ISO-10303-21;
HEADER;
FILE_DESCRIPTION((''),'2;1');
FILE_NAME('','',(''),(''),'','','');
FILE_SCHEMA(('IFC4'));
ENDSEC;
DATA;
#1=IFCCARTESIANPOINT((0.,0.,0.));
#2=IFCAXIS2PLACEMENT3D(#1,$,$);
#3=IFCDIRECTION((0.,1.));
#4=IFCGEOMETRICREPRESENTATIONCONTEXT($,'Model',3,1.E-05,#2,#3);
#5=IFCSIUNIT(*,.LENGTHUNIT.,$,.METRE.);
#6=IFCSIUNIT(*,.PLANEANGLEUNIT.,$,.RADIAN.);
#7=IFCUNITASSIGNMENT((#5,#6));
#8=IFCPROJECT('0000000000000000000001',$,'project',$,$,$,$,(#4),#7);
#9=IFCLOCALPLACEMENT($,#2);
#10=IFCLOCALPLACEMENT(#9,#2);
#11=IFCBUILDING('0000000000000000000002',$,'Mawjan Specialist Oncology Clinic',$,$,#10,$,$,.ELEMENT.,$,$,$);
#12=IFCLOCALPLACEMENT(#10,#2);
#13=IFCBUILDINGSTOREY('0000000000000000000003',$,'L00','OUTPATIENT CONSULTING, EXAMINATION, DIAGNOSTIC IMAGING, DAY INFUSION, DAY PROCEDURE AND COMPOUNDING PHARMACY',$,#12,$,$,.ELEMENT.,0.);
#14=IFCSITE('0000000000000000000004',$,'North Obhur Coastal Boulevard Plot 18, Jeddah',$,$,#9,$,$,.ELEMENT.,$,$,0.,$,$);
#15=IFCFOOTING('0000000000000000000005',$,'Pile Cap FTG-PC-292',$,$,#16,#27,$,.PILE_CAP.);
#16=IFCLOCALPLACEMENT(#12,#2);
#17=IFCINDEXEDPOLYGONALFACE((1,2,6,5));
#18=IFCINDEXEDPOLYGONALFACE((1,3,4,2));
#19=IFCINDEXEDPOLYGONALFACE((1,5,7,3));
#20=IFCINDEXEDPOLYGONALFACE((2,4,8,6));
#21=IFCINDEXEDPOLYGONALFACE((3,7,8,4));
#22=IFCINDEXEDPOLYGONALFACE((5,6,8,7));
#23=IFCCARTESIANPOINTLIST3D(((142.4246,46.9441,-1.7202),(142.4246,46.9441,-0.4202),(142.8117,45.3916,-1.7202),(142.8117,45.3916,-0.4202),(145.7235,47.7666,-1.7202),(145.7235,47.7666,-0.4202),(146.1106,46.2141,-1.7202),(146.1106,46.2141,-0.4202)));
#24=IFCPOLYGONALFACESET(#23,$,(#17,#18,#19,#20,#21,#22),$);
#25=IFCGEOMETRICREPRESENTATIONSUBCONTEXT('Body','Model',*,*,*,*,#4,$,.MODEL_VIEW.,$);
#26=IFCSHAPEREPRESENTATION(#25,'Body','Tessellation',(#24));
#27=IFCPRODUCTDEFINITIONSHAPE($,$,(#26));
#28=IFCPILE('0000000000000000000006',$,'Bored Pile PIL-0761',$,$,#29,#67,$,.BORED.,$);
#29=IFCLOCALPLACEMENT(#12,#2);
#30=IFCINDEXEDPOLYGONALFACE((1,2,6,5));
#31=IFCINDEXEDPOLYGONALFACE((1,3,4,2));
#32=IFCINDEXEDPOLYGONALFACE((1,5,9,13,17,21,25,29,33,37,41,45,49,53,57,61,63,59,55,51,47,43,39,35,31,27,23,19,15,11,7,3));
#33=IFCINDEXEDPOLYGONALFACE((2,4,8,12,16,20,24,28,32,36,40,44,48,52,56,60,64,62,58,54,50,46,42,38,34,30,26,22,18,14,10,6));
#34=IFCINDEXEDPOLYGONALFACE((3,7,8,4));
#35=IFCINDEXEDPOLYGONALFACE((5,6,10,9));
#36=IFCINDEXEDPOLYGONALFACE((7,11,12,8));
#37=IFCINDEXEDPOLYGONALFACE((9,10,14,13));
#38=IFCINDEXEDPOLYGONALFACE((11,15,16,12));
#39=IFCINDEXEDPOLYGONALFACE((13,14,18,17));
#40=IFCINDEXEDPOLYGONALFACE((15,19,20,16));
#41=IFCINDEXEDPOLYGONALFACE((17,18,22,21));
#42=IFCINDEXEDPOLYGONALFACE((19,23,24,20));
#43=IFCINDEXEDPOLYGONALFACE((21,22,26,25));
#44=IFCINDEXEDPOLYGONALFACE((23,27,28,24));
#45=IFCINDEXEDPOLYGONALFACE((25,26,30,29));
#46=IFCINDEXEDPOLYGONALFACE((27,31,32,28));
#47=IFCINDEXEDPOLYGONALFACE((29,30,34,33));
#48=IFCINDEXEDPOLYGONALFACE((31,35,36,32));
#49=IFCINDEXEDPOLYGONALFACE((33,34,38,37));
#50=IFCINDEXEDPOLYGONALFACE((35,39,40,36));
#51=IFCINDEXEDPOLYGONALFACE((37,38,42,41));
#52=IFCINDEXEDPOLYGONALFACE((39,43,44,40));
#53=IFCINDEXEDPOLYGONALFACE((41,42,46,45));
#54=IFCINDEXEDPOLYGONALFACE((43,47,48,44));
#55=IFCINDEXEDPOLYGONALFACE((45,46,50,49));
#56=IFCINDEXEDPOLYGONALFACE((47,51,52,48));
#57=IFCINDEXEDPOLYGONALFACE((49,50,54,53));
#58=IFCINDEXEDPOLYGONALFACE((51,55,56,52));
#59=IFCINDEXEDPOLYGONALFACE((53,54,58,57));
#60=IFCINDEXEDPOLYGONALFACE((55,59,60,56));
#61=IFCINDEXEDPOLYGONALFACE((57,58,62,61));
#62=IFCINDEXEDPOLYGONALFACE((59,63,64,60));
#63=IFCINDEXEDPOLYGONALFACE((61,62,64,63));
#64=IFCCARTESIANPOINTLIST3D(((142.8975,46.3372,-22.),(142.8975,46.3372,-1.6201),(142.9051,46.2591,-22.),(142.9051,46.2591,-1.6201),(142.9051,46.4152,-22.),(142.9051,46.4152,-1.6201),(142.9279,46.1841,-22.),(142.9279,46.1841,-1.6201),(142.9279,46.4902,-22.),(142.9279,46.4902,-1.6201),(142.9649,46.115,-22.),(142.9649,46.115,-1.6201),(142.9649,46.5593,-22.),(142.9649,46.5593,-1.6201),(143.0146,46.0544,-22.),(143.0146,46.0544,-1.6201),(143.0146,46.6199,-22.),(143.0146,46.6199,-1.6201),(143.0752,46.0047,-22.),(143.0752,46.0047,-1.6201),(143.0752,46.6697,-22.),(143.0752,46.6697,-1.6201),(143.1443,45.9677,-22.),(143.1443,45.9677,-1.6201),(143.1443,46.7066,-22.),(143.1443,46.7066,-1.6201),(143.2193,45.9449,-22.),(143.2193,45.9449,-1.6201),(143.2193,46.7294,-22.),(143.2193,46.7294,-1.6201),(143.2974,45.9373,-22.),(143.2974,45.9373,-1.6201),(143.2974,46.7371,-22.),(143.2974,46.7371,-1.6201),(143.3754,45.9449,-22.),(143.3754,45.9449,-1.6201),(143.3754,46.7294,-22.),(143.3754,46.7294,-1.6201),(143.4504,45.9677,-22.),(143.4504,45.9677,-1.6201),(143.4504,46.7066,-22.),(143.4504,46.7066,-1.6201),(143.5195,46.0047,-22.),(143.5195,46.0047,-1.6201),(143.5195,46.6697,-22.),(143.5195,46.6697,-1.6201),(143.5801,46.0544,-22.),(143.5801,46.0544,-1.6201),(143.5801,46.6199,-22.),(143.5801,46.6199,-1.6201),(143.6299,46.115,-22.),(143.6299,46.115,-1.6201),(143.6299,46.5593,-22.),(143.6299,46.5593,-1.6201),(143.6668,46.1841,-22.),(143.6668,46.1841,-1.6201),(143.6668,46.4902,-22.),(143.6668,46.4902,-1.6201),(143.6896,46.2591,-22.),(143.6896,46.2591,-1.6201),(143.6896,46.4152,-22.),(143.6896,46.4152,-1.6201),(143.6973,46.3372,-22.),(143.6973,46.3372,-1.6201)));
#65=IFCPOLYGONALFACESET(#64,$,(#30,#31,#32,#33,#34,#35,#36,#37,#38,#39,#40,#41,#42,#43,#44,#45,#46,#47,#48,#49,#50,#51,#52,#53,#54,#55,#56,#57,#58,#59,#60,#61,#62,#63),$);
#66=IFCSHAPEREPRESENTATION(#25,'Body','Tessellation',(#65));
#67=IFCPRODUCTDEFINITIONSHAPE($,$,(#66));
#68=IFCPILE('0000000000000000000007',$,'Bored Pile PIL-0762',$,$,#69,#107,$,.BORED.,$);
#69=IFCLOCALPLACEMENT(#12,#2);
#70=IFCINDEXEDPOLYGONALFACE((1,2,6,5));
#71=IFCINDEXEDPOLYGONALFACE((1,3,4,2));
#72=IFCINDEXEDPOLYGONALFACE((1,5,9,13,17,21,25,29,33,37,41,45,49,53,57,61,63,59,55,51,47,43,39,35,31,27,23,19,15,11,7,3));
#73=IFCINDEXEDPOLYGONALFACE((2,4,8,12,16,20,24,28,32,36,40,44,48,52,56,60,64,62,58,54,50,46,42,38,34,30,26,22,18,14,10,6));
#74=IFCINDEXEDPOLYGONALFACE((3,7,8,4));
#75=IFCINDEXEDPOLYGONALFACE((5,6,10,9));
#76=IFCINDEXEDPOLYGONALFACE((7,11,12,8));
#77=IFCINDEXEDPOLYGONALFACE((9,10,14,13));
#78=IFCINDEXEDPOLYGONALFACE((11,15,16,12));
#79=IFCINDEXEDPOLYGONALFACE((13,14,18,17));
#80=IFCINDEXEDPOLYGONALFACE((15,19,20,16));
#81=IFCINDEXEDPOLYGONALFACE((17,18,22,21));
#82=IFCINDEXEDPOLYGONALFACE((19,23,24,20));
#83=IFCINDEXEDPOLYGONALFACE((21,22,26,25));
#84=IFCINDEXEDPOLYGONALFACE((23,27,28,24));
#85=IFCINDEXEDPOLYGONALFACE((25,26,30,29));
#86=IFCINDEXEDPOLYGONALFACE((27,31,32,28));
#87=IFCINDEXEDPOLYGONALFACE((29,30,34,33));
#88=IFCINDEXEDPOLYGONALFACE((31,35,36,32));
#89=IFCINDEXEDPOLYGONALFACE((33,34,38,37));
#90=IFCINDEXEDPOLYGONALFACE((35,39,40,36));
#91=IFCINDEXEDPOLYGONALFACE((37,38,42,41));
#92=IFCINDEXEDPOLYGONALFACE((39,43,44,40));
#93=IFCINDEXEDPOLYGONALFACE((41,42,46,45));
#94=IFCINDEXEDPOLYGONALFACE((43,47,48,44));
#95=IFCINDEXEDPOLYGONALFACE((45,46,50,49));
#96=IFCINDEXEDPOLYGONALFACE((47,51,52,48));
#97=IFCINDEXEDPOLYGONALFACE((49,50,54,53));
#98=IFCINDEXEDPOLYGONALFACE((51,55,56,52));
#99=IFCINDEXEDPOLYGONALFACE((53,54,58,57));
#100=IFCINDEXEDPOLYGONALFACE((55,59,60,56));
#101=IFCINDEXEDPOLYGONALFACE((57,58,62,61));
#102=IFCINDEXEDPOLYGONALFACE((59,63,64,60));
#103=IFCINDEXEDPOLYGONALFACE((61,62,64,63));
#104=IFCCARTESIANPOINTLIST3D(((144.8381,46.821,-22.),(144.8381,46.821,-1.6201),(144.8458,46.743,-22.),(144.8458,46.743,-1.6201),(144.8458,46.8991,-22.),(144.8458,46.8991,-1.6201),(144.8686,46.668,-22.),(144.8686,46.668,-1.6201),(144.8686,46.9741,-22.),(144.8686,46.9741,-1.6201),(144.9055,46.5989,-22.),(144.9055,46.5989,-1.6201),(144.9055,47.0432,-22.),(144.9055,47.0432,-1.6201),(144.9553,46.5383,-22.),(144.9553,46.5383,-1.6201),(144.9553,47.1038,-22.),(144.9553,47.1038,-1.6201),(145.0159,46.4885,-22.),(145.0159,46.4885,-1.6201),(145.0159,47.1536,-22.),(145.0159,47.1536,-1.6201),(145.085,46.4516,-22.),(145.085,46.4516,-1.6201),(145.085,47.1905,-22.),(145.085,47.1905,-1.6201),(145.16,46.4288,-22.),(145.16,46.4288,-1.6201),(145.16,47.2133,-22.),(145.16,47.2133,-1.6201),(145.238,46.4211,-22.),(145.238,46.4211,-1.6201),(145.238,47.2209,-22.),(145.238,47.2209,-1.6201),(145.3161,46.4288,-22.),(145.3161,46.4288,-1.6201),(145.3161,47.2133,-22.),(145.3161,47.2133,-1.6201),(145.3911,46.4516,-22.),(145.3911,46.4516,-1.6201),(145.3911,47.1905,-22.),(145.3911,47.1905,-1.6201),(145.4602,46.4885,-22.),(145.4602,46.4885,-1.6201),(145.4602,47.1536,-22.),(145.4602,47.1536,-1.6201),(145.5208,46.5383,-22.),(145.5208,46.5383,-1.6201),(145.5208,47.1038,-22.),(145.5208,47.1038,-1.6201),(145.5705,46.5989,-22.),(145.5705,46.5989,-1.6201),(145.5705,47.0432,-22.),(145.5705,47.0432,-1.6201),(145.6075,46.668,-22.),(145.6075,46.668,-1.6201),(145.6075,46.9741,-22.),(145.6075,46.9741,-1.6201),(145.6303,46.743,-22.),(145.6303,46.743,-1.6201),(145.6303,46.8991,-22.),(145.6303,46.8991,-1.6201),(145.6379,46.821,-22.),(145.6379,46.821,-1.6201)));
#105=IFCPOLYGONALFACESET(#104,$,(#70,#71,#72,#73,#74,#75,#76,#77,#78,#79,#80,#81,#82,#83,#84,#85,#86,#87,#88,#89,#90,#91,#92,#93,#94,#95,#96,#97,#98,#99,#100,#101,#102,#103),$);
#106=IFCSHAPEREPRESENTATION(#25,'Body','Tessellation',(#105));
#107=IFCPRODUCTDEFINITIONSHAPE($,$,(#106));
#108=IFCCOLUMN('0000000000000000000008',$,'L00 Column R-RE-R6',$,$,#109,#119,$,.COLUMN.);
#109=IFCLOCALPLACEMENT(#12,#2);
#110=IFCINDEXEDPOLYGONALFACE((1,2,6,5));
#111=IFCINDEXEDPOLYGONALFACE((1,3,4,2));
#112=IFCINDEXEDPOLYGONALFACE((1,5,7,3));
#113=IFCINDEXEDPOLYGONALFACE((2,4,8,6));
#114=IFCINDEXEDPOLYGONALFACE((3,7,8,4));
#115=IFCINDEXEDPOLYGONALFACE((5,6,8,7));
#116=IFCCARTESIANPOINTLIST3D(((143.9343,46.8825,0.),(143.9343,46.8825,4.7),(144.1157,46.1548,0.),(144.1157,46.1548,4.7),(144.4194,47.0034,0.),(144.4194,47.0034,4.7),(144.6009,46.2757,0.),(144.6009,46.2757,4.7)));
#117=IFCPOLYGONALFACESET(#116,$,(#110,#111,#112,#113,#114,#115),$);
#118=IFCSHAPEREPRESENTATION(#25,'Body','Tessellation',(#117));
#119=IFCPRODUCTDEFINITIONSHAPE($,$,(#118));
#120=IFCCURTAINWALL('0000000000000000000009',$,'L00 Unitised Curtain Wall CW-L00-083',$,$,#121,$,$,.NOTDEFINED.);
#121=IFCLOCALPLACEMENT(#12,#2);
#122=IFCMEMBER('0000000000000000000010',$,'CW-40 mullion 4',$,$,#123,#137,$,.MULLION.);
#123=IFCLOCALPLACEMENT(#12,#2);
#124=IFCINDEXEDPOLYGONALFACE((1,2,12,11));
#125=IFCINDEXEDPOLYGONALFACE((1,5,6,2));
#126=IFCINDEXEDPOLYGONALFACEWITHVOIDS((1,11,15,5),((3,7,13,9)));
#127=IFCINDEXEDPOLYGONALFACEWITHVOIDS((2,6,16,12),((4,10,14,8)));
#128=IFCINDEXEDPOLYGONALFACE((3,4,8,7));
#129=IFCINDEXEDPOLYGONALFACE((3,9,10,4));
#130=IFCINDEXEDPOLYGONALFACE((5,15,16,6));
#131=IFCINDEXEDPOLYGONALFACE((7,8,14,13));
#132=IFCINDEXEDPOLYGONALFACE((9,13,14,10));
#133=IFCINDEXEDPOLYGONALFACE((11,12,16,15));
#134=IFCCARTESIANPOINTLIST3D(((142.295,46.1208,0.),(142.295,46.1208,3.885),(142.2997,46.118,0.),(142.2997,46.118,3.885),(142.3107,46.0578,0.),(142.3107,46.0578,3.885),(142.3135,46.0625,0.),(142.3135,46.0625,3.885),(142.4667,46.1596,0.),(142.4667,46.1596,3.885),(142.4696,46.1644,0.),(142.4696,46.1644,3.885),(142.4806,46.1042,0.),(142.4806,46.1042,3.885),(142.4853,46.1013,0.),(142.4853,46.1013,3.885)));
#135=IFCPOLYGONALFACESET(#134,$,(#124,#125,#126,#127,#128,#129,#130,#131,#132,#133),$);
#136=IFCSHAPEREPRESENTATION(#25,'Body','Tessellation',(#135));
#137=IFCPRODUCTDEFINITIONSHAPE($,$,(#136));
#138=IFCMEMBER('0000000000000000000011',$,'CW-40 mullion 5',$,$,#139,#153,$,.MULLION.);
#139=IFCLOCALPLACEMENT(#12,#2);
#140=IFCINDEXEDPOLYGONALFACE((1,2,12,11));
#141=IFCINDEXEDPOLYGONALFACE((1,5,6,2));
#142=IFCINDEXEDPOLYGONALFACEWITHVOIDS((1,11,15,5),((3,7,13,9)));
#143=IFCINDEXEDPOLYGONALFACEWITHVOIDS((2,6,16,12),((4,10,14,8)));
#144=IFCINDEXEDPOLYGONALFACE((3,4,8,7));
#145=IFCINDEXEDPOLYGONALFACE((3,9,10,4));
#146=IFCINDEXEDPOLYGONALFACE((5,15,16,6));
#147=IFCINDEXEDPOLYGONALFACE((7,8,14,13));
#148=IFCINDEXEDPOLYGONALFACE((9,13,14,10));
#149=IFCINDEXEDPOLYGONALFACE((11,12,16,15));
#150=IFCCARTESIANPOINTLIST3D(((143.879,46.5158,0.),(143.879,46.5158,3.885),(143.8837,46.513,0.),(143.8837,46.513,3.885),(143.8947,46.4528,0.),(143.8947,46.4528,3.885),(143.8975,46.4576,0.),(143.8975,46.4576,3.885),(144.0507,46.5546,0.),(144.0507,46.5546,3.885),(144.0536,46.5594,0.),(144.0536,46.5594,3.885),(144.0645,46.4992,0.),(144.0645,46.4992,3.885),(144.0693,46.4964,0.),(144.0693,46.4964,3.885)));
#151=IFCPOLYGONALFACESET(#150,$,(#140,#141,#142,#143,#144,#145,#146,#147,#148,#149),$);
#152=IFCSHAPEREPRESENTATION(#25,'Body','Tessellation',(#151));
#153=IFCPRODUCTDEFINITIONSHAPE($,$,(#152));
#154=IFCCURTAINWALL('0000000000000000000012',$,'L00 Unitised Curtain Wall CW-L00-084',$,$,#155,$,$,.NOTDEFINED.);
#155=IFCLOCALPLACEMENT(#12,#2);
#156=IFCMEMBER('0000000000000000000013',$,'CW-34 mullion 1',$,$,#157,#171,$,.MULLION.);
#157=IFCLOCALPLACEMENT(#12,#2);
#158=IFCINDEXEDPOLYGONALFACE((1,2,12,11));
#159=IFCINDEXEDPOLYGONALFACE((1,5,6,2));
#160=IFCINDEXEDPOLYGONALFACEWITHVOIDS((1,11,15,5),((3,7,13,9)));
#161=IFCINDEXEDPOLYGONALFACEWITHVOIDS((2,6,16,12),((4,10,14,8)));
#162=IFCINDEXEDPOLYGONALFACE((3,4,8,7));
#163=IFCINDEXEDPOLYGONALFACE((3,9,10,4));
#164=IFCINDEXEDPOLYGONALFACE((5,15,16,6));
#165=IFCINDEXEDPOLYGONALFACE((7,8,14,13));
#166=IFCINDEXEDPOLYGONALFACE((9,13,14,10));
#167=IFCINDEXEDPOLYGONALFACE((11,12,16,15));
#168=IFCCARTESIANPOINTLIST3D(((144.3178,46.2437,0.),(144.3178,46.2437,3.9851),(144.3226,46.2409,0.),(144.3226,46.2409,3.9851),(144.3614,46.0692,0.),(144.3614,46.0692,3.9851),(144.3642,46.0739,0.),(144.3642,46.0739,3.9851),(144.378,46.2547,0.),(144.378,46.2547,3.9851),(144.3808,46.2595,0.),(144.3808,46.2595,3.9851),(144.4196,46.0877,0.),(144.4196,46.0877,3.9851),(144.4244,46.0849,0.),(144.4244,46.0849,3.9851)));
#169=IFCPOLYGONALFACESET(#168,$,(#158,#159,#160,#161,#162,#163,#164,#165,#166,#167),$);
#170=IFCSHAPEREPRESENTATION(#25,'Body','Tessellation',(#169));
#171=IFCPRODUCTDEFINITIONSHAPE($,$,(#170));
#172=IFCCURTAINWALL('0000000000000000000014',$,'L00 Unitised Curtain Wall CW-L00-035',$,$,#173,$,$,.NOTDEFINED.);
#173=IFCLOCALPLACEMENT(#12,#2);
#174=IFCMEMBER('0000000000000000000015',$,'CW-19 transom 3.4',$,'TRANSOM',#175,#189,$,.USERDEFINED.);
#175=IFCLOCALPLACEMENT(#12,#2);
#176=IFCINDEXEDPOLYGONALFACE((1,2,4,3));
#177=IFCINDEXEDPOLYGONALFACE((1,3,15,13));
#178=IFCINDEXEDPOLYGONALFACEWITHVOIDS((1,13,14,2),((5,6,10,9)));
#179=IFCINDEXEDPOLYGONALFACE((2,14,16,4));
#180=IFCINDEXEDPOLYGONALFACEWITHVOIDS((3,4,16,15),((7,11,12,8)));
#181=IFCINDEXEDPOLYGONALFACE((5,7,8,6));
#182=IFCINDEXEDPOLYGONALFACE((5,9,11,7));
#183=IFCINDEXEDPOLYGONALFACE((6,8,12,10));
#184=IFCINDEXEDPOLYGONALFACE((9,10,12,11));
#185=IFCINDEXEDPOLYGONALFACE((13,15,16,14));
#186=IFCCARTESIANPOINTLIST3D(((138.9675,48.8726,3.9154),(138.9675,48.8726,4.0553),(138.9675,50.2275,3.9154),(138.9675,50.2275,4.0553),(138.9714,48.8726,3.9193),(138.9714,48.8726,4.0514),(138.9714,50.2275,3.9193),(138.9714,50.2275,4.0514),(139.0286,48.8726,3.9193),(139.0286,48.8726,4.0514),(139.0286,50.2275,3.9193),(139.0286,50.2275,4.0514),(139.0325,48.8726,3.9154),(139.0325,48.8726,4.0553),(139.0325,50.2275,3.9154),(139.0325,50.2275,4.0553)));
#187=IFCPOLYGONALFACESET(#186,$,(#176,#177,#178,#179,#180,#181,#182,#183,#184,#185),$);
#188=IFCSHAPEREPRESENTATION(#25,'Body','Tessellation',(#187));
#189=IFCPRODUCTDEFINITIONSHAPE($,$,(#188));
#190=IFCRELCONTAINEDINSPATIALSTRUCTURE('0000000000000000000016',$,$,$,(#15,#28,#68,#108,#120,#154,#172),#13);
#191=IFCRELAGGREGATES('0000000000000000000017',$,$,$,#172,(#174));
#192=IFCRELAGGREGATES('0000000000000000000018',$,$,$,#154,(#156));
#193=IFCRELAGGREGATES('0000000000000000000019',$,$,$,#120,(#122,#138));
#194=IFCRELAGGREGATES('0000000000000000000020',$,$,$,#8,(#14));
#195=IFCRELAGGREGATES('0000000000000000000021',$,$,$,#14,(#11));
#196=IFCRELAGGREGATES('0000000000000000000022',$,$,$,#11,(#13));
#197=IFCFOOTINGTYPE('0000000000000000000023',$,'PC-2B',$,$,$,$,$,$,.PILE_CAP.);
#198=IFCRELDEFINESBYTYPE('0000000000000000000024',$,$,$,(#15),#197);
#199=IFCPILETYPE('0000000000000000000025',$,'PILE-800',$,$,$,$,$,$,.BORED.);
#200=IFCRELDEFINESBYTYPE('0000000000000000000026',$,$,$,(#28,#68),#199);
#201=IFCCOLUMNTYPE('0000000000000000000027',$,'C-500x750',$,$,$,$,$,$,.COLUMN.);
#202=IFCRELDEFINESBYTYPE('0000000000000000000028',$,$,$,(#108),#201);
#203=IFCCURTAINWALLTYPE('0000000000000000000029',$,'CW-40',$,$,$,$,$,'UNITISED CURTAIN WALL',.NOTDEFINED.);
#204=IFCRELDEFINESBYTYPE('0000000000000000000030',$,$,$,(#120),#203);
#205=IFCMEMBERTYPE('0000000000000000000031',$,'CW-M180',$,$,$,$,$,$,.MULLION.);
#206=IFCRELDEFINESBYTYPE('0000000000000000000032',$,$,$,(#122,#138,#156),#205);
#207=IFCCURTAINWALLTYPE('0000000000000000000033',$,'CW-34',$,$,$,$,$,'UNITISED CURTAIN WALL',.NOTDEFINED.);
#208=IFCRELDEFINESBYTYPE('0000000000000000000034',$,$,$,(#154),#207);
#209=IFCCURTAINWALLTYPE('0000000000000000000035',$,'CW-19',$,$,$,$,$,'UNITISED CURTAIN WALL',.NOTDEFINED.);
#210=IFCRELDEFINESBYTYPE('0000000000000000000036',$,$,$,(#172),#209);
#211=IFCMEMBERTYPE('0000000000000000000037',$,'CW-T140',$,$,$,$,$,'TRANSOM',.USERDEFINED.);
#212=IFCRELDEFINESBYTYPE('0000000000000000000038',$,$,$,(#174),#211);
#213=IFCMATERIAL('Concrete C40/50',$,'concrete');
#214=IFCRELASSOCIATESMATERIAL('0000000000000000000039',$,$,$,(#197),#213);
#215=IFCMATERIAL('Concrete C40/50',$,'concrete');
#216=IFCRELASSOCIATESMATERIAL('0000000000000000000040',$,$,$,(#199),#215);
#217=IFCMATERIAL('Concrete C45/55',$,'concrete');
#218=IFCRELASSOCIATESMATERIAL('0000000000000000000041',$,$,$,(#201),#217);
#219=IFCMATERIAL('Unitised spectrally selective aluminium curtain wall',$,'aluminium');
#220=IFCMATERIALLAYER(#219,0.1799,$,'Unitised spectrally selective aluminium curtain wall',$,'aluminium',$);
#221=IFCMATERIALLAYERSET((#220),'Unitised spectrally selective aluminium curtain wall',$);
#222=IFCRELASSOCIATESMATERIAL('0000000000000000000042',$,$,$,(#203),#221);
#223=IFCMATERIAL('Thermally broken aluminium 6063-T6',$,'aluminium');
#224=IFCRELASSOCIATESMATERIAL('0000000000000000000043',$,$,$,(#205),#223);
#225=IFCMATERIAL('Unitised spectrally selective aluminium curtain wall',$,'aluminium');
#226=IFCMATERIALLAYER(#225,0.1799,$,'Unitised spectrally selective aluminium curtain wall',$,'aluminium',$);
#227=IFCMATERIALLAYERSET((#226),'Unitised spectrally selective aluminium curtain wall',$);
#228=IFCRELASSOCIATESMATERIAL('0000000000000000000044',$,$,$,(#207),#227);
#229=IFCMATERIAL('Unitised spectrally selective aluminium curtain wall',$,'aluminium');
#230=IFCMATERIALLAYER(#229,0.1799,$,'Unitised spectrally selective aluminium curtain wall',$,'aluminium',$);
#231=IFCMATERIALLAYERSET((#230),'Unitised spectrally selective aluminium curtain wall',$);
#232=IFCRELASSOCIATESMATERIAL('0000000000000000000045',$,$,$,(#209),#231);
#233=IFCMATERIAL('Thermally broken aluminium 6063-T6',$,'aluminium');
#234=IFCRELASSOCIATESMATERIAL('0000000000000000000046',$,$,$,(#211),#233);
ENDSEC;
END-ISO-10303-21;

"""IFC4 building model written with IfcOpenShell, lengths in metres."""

from ifc_helpers import new_model, si_unit, direction, frame, origin, origin_2d, place, context, subcontext, project, spatial, rectangle, hollow_rectangle, circle, extrude, material, layer, layer_set, material_profile, profile_set, type_object, element, aggregate, save


model = new_model("IFC4")

# Units and contexts
model_context = context("Model", 3, precision=1e-05, world=origin(), true_north=direction((0.0, 1.0)))
body_context = subcontext(model_context, "Body", "Model", "MODEL_VIEW")
ifc_project = project(units=[si_unit("LENGTHUNIT", "METRE"), si_unit("PLANEANGLEUNIT", "RADIAN")], contexts=[model_context])

# Site, building, storey
site_placement = place(None, origin())
site = spatial("IfcSite", under=ifc_project, at=site_placement, Name="North Obhur Coastal Boulevard Plot 18, Jeddah", CompositionType="ELEMENT", RefElevation=0.0)
building_placement = place(site_placement, origin())
building = spatial("IfcBuilding", under=site, at=building_placement, Name="Mawjan Specialist Oncology Clinic", CompositionType="ELEMENT")
storey_placement = place(building_placement, origin())
storey = spatial("IfcBuildingStorey", under=building, at=storey_placement, Name="L00", Description="OUTPATIENT CONSULTING, EXAMINATION, DIAGNOSTIC IMAGING, DAY INFUSION, DAY PROCEDURE AND COMPOUNDING PHARMACY", CompositionType="ELEMENT", Elevation=0.0)

# Footing
ifc_material_1 = material(Name="Concrete C40/50", Category="concrete")
footing_type = type_object("IfcFootingType", Name="PC-2B", PredefinedType="PILE_CAP", material=ifc_material_1)
footing_placement = place(storey_placement, frame((144.2676, 46.5791, -1.7202), z_axis=(0.0, 0.0, 1.0), x_axis=(0.970296, 0.241922, 0.0)))
element("IfcFooting", 1, at=footing_placement, inside=storey, type_object=footing_type, Name="Pile Cap FTG-PC-292", PredefinedType="PILE_CAP", context=body_context, shape_type="SweptSolid", body=[
    extrude(rectangle(XDim=3.3999, YDim=1.6001, at=origin_2d()), origin(), (0.0, 0.0, 1.0), 1.3),
])

# Piles
ifc_material_2 = material(Name="Concrete C40/50", Category="concrete")
ifc_material_profile_1 = material_profile(ifc_material_2, circle(Radius=0.3999, at=origin_2d()), Name="BORED PILE D800", Category="concrete")
ifc_profile_set_1 = profile_set([ifc_material_profile_1], Name="Concrete C40/50")
pile_type = type_object("IfcPileType", Name="PILE-800", PredefinedType="BORED", material=ifc_profile_set_1)
for number, where, z_axis, x_axis, name in (
    (2, (143.2974, 46.3372, -1.6201), (0.0, 0.0, -1.0), (1.0, 0.0, 0.0), "Bored Pile PIL-0761"),
    (3, (145.238, 46.821, -1.6201), (0.0, 0.0, -1.0), (1.0, 0.0, 0.0), "Bored Pile PIL-0762"),
):
    element("IfcPile", number, at=place(storey_placement, frame(where, z_axis=z_axis, x_axis=x_axis)), inside=storey, type_object=pile_type, Name=name, PredefinedType="BORED", context=body_context, shape_type="SweptSolid", body=[
        extrude(circle(Radius=0.3999, at=origin_2d()), origin(), (0.0, 0.0, 1.0), 20.3799),
    ])

# Column
ifc_material_3 = material(Name="Concrete C45/55", Category="concrete")
ifc_material_profile_2 = material_profile(ifc_material_3, rectangle(XDim=0.5, YDim=0.75, at=origin_2d()), Name="RC COL 500x750", Category="concrete")
ifc_profile_set_2 = profile_set([ifc_material_profile_2], Name="Concrete C45/55")
column_type = type_object("IfcColumnType", Name="C-500x750", PredefinedType="COLUMN", material=ifc_profile_set_2)
column_placement = place(storey_placement, frame((144.2676, 46.5791, 0.0), z_axis=(0.0, 0.0, 1.0), x_axis=(0.970296, 0.241922, 0.0)))
element("IfcColumn", 4, at=column_placement, inside=storey, type_object=column_type, Name="L00 Column R-RE-R6", PredefinedType="COLUMN", context=body_context, shape_type="SweptSolid", body=[
    extrude(rectangle(XDim=0.5, YDim=0.75, at=origin_2d()), origin(), (0.0, 0.0, 1.0), 4.7),
])

# Curtain wall, members
ifc_material_4 = material(Name="Unitised spectrally selective aluminium curtain wall", Category="aluminium")
ifc_layer_1 = layer(ifc_material_4, 0.1799, Name="Unitised spectrally selective aluminium curtain wall", Category="aluminium")
ifc_layer_set_1 = layer_set([ifc_layer_1], Name="Unitised spectrally selective aluminium curtain wall")
curtain_wall_type_1 = type_object("IfcCurtainWallType", Name="CW-40", ElementType="UNITISED CURTAIN WALL", PredefinedType="NOTDEFINED", material=ifc_layer_set_1)
curtain_wall_1_placement = place(storey_placement, origin())
curtain_wall_1 = element("IfcCurtainWall", 5, at=curtain_wall_1_placement, inside=storey, type_object=curtain_wall_type_1, Name="L00 Unitised Curtain Wall CW-L00-083", PredefinedType="NOTDEFINED")
ifc_material_5 = material(Name="Thermally broken aluminium 6063-T6", Category="aluminium")
ifc_material_profile_3 = material_profile(ifc_material_5, hollow_rectangle(XDim=0.0649, YDim=0.1799, WallThickness=0.0039, at=origin_2d()), Name="ALU MULLION 180x65x4", Category="aluminium")
ifc_profile_set_3 = profile_set([ifc_material_profile_3], Name="Thermally broken aluminium 6063-T6")
member_type_1 = type_object("IfcMemberType", Name="CW-M180", PredefinedType="MULLION", material=ifc_profile_set_3)
member_1_placement = place(storey_placement, frame((142.3901, 46.1111, 0.0), z_axis=(0.0, 0.0, 1.0), x_axis=(-0.241922, 0.970296, 0.0)))
member_1 = element("IfcMember", 6, at=member_1_placement, type_object=member_type_1, Name="CW-40 mullion 4", PredefinedType="MULLION", context=body_context, shape_type="SweptSolid", body=[
    extrude(hollow_rectangle(XDim=0.0649, YDim=0.1799, WallThickness=0.0039, at=origin_2d()), origin(), (0.0, 0.0, 1.0), 3.885),
])
member_2_placement = place(storey_placement, frame((143.9741, 46.5061, 0.0), z_axis=(0.0, 0.0, 1.0), x_axis=(-0.241922, 0.970296, 0.0)))
member_2 = element("IfcMember", 7, at=member_2_placement, type_object=member_type_1, Name="CW-40 mullion 5", PredefinedType="MULLION", context=body_context, shape_type="SweptSolid", body=[
    extrude(hollow_rectangle(XDim=0.0649, YDim=0.1799, WallThickness=0.0039, at=origin_2d()), origin(), (0.0, 0.0, 1.0), 3.885),
])

# Curtain walls, members
ifc_material_6 = material(Name="Unitised spectrally selective aluminium curtain wall", Category="aluminium")
ifc_layer_2 = layer(ifc_material_6, 0.1799, Name="Unitised spectrally selective aluminium curtain wall", Category="aluminium")
ifc_layer_set_2 = layer_set([ifc_layer_2], Name="Unitised spectrally selective aluminium curtain wall")
curtain_wall_type_2 = type_object("IfcCurtainWallType", Name="CW-34", ElementType="UNITISED CURTAIN WALL", PredefinedType="NOTDEFINED", material=ifc_layer_set_2)
curtain_wall_2_placement = place(storey_placement, origin())
curtain_wall_2 = element("IfcCurtainWall", 8, at=curtain_wall_2_placement, inside=storey, type_object=curtain_wall_type_2, Name="L00 Unitised Curtain Wall CW-L00-084", PredefinedType="NOTDEFINED")
member_3_placement = place(storey_placement, frame((144.3711, 46.1643, 0.0), z_axis=(0.0, 0.0, 1.0), x_axis=(0.970296, 0.241922, 0.0)))
member_3 = element("IfcMember", 9, at=member_3_placement, type_object=member_type_1, Name="CW-34 mullion 1", PredefinedType="MULLION", context=body_context, shape_type="SweptSolid", body=[
    extrude(hollow_rectangle(XDim=0.0649, YDim=0.1799, WallThickness=0.0039, at=origin_2d()), origin(), (0.0, 0.0, 1.0), 3.9851),
])
ifc_material_7 = material(Name="Unitised spectrally selective aluminium curtain wall", Category="aluminium")
ifc_layer_3 = layer(ifc_material_7, 0.1799, Name="Unitised spectrally selective aluminium curtain wall", Category="aluminium")
ifc_layer_set_3 = layer_set([ifc_layer_3], Name="Unitised spectrally selective aluminium curtain wall")
curtain_wall_type_3 = type_object("IfcCurtainWallType", Name="CW-19", ElementType="UNITISED CURTAIN WALL", PredefinedType="NOTDEFINED", material=ifc_layer_set_3)
curtain_wall_3_placement = place(storey_placement, origin())
curtain_wall_3 = element("IfcCurtainWall", 10, at=curtain_wall_3_placement, inside=storey, type_object=curtain_wall_type_3, Name="L00 Unitised Curtain Wall CW-L00-035", PredefinedType="NOTDEFINED")
ifc_material_8 = material(Name="Thermally broken aluminium 6063-T6", Category="aluminium")
ifc_material_profile_4 = material_profile(ifc_material_8, hollow_rectangle(XDim=0.0649, YDim=0.1399, WallThickness=0.0039, at=origin_2d()), Name="ALU TRANSOM 140x65x4", Category="aluminium")
ifc_profile_set_4 = profile_set([ifc_material_profile_4], Name="Thermally broken aluminium 6063-T6")
member_type_2 = type_object("IfcMemberType", Name="CW-T140", ElementType="TRANSOM", PredefinedType="USERDEFINED", material=ifc_profile_set_4)
member_4_placement = place(storey_placement, frame((139.0, 50.2275, 3.9854), z_axis=(0.0, -1.0, 0.0), x_axis=(1.0, 0.0, 0.0)))
member_4 = element("IfcMember", 11, at=member_4_placement, type_object=member_type_2, Name="CW-19 transom 3.4", ObjectType="TRANSOM", PredefinedType="USERDEFINED", context=body_context, shape_type="SweptSolid", body=[
    extrude(hollow_rectangle(XDim=0.0649, YDim=0.1399, WallThickness=0.0039, at=origin_2d()), origin(), (0.0, 0.0, 1.0), 1.355),
])
aggregate(curtain_wall_3, [member_4])

aggregate(curtain_wall_2, [member_3])

aggregate(curtain_wall_1, [member_1, member_2])

save(model, "model.ifc")
